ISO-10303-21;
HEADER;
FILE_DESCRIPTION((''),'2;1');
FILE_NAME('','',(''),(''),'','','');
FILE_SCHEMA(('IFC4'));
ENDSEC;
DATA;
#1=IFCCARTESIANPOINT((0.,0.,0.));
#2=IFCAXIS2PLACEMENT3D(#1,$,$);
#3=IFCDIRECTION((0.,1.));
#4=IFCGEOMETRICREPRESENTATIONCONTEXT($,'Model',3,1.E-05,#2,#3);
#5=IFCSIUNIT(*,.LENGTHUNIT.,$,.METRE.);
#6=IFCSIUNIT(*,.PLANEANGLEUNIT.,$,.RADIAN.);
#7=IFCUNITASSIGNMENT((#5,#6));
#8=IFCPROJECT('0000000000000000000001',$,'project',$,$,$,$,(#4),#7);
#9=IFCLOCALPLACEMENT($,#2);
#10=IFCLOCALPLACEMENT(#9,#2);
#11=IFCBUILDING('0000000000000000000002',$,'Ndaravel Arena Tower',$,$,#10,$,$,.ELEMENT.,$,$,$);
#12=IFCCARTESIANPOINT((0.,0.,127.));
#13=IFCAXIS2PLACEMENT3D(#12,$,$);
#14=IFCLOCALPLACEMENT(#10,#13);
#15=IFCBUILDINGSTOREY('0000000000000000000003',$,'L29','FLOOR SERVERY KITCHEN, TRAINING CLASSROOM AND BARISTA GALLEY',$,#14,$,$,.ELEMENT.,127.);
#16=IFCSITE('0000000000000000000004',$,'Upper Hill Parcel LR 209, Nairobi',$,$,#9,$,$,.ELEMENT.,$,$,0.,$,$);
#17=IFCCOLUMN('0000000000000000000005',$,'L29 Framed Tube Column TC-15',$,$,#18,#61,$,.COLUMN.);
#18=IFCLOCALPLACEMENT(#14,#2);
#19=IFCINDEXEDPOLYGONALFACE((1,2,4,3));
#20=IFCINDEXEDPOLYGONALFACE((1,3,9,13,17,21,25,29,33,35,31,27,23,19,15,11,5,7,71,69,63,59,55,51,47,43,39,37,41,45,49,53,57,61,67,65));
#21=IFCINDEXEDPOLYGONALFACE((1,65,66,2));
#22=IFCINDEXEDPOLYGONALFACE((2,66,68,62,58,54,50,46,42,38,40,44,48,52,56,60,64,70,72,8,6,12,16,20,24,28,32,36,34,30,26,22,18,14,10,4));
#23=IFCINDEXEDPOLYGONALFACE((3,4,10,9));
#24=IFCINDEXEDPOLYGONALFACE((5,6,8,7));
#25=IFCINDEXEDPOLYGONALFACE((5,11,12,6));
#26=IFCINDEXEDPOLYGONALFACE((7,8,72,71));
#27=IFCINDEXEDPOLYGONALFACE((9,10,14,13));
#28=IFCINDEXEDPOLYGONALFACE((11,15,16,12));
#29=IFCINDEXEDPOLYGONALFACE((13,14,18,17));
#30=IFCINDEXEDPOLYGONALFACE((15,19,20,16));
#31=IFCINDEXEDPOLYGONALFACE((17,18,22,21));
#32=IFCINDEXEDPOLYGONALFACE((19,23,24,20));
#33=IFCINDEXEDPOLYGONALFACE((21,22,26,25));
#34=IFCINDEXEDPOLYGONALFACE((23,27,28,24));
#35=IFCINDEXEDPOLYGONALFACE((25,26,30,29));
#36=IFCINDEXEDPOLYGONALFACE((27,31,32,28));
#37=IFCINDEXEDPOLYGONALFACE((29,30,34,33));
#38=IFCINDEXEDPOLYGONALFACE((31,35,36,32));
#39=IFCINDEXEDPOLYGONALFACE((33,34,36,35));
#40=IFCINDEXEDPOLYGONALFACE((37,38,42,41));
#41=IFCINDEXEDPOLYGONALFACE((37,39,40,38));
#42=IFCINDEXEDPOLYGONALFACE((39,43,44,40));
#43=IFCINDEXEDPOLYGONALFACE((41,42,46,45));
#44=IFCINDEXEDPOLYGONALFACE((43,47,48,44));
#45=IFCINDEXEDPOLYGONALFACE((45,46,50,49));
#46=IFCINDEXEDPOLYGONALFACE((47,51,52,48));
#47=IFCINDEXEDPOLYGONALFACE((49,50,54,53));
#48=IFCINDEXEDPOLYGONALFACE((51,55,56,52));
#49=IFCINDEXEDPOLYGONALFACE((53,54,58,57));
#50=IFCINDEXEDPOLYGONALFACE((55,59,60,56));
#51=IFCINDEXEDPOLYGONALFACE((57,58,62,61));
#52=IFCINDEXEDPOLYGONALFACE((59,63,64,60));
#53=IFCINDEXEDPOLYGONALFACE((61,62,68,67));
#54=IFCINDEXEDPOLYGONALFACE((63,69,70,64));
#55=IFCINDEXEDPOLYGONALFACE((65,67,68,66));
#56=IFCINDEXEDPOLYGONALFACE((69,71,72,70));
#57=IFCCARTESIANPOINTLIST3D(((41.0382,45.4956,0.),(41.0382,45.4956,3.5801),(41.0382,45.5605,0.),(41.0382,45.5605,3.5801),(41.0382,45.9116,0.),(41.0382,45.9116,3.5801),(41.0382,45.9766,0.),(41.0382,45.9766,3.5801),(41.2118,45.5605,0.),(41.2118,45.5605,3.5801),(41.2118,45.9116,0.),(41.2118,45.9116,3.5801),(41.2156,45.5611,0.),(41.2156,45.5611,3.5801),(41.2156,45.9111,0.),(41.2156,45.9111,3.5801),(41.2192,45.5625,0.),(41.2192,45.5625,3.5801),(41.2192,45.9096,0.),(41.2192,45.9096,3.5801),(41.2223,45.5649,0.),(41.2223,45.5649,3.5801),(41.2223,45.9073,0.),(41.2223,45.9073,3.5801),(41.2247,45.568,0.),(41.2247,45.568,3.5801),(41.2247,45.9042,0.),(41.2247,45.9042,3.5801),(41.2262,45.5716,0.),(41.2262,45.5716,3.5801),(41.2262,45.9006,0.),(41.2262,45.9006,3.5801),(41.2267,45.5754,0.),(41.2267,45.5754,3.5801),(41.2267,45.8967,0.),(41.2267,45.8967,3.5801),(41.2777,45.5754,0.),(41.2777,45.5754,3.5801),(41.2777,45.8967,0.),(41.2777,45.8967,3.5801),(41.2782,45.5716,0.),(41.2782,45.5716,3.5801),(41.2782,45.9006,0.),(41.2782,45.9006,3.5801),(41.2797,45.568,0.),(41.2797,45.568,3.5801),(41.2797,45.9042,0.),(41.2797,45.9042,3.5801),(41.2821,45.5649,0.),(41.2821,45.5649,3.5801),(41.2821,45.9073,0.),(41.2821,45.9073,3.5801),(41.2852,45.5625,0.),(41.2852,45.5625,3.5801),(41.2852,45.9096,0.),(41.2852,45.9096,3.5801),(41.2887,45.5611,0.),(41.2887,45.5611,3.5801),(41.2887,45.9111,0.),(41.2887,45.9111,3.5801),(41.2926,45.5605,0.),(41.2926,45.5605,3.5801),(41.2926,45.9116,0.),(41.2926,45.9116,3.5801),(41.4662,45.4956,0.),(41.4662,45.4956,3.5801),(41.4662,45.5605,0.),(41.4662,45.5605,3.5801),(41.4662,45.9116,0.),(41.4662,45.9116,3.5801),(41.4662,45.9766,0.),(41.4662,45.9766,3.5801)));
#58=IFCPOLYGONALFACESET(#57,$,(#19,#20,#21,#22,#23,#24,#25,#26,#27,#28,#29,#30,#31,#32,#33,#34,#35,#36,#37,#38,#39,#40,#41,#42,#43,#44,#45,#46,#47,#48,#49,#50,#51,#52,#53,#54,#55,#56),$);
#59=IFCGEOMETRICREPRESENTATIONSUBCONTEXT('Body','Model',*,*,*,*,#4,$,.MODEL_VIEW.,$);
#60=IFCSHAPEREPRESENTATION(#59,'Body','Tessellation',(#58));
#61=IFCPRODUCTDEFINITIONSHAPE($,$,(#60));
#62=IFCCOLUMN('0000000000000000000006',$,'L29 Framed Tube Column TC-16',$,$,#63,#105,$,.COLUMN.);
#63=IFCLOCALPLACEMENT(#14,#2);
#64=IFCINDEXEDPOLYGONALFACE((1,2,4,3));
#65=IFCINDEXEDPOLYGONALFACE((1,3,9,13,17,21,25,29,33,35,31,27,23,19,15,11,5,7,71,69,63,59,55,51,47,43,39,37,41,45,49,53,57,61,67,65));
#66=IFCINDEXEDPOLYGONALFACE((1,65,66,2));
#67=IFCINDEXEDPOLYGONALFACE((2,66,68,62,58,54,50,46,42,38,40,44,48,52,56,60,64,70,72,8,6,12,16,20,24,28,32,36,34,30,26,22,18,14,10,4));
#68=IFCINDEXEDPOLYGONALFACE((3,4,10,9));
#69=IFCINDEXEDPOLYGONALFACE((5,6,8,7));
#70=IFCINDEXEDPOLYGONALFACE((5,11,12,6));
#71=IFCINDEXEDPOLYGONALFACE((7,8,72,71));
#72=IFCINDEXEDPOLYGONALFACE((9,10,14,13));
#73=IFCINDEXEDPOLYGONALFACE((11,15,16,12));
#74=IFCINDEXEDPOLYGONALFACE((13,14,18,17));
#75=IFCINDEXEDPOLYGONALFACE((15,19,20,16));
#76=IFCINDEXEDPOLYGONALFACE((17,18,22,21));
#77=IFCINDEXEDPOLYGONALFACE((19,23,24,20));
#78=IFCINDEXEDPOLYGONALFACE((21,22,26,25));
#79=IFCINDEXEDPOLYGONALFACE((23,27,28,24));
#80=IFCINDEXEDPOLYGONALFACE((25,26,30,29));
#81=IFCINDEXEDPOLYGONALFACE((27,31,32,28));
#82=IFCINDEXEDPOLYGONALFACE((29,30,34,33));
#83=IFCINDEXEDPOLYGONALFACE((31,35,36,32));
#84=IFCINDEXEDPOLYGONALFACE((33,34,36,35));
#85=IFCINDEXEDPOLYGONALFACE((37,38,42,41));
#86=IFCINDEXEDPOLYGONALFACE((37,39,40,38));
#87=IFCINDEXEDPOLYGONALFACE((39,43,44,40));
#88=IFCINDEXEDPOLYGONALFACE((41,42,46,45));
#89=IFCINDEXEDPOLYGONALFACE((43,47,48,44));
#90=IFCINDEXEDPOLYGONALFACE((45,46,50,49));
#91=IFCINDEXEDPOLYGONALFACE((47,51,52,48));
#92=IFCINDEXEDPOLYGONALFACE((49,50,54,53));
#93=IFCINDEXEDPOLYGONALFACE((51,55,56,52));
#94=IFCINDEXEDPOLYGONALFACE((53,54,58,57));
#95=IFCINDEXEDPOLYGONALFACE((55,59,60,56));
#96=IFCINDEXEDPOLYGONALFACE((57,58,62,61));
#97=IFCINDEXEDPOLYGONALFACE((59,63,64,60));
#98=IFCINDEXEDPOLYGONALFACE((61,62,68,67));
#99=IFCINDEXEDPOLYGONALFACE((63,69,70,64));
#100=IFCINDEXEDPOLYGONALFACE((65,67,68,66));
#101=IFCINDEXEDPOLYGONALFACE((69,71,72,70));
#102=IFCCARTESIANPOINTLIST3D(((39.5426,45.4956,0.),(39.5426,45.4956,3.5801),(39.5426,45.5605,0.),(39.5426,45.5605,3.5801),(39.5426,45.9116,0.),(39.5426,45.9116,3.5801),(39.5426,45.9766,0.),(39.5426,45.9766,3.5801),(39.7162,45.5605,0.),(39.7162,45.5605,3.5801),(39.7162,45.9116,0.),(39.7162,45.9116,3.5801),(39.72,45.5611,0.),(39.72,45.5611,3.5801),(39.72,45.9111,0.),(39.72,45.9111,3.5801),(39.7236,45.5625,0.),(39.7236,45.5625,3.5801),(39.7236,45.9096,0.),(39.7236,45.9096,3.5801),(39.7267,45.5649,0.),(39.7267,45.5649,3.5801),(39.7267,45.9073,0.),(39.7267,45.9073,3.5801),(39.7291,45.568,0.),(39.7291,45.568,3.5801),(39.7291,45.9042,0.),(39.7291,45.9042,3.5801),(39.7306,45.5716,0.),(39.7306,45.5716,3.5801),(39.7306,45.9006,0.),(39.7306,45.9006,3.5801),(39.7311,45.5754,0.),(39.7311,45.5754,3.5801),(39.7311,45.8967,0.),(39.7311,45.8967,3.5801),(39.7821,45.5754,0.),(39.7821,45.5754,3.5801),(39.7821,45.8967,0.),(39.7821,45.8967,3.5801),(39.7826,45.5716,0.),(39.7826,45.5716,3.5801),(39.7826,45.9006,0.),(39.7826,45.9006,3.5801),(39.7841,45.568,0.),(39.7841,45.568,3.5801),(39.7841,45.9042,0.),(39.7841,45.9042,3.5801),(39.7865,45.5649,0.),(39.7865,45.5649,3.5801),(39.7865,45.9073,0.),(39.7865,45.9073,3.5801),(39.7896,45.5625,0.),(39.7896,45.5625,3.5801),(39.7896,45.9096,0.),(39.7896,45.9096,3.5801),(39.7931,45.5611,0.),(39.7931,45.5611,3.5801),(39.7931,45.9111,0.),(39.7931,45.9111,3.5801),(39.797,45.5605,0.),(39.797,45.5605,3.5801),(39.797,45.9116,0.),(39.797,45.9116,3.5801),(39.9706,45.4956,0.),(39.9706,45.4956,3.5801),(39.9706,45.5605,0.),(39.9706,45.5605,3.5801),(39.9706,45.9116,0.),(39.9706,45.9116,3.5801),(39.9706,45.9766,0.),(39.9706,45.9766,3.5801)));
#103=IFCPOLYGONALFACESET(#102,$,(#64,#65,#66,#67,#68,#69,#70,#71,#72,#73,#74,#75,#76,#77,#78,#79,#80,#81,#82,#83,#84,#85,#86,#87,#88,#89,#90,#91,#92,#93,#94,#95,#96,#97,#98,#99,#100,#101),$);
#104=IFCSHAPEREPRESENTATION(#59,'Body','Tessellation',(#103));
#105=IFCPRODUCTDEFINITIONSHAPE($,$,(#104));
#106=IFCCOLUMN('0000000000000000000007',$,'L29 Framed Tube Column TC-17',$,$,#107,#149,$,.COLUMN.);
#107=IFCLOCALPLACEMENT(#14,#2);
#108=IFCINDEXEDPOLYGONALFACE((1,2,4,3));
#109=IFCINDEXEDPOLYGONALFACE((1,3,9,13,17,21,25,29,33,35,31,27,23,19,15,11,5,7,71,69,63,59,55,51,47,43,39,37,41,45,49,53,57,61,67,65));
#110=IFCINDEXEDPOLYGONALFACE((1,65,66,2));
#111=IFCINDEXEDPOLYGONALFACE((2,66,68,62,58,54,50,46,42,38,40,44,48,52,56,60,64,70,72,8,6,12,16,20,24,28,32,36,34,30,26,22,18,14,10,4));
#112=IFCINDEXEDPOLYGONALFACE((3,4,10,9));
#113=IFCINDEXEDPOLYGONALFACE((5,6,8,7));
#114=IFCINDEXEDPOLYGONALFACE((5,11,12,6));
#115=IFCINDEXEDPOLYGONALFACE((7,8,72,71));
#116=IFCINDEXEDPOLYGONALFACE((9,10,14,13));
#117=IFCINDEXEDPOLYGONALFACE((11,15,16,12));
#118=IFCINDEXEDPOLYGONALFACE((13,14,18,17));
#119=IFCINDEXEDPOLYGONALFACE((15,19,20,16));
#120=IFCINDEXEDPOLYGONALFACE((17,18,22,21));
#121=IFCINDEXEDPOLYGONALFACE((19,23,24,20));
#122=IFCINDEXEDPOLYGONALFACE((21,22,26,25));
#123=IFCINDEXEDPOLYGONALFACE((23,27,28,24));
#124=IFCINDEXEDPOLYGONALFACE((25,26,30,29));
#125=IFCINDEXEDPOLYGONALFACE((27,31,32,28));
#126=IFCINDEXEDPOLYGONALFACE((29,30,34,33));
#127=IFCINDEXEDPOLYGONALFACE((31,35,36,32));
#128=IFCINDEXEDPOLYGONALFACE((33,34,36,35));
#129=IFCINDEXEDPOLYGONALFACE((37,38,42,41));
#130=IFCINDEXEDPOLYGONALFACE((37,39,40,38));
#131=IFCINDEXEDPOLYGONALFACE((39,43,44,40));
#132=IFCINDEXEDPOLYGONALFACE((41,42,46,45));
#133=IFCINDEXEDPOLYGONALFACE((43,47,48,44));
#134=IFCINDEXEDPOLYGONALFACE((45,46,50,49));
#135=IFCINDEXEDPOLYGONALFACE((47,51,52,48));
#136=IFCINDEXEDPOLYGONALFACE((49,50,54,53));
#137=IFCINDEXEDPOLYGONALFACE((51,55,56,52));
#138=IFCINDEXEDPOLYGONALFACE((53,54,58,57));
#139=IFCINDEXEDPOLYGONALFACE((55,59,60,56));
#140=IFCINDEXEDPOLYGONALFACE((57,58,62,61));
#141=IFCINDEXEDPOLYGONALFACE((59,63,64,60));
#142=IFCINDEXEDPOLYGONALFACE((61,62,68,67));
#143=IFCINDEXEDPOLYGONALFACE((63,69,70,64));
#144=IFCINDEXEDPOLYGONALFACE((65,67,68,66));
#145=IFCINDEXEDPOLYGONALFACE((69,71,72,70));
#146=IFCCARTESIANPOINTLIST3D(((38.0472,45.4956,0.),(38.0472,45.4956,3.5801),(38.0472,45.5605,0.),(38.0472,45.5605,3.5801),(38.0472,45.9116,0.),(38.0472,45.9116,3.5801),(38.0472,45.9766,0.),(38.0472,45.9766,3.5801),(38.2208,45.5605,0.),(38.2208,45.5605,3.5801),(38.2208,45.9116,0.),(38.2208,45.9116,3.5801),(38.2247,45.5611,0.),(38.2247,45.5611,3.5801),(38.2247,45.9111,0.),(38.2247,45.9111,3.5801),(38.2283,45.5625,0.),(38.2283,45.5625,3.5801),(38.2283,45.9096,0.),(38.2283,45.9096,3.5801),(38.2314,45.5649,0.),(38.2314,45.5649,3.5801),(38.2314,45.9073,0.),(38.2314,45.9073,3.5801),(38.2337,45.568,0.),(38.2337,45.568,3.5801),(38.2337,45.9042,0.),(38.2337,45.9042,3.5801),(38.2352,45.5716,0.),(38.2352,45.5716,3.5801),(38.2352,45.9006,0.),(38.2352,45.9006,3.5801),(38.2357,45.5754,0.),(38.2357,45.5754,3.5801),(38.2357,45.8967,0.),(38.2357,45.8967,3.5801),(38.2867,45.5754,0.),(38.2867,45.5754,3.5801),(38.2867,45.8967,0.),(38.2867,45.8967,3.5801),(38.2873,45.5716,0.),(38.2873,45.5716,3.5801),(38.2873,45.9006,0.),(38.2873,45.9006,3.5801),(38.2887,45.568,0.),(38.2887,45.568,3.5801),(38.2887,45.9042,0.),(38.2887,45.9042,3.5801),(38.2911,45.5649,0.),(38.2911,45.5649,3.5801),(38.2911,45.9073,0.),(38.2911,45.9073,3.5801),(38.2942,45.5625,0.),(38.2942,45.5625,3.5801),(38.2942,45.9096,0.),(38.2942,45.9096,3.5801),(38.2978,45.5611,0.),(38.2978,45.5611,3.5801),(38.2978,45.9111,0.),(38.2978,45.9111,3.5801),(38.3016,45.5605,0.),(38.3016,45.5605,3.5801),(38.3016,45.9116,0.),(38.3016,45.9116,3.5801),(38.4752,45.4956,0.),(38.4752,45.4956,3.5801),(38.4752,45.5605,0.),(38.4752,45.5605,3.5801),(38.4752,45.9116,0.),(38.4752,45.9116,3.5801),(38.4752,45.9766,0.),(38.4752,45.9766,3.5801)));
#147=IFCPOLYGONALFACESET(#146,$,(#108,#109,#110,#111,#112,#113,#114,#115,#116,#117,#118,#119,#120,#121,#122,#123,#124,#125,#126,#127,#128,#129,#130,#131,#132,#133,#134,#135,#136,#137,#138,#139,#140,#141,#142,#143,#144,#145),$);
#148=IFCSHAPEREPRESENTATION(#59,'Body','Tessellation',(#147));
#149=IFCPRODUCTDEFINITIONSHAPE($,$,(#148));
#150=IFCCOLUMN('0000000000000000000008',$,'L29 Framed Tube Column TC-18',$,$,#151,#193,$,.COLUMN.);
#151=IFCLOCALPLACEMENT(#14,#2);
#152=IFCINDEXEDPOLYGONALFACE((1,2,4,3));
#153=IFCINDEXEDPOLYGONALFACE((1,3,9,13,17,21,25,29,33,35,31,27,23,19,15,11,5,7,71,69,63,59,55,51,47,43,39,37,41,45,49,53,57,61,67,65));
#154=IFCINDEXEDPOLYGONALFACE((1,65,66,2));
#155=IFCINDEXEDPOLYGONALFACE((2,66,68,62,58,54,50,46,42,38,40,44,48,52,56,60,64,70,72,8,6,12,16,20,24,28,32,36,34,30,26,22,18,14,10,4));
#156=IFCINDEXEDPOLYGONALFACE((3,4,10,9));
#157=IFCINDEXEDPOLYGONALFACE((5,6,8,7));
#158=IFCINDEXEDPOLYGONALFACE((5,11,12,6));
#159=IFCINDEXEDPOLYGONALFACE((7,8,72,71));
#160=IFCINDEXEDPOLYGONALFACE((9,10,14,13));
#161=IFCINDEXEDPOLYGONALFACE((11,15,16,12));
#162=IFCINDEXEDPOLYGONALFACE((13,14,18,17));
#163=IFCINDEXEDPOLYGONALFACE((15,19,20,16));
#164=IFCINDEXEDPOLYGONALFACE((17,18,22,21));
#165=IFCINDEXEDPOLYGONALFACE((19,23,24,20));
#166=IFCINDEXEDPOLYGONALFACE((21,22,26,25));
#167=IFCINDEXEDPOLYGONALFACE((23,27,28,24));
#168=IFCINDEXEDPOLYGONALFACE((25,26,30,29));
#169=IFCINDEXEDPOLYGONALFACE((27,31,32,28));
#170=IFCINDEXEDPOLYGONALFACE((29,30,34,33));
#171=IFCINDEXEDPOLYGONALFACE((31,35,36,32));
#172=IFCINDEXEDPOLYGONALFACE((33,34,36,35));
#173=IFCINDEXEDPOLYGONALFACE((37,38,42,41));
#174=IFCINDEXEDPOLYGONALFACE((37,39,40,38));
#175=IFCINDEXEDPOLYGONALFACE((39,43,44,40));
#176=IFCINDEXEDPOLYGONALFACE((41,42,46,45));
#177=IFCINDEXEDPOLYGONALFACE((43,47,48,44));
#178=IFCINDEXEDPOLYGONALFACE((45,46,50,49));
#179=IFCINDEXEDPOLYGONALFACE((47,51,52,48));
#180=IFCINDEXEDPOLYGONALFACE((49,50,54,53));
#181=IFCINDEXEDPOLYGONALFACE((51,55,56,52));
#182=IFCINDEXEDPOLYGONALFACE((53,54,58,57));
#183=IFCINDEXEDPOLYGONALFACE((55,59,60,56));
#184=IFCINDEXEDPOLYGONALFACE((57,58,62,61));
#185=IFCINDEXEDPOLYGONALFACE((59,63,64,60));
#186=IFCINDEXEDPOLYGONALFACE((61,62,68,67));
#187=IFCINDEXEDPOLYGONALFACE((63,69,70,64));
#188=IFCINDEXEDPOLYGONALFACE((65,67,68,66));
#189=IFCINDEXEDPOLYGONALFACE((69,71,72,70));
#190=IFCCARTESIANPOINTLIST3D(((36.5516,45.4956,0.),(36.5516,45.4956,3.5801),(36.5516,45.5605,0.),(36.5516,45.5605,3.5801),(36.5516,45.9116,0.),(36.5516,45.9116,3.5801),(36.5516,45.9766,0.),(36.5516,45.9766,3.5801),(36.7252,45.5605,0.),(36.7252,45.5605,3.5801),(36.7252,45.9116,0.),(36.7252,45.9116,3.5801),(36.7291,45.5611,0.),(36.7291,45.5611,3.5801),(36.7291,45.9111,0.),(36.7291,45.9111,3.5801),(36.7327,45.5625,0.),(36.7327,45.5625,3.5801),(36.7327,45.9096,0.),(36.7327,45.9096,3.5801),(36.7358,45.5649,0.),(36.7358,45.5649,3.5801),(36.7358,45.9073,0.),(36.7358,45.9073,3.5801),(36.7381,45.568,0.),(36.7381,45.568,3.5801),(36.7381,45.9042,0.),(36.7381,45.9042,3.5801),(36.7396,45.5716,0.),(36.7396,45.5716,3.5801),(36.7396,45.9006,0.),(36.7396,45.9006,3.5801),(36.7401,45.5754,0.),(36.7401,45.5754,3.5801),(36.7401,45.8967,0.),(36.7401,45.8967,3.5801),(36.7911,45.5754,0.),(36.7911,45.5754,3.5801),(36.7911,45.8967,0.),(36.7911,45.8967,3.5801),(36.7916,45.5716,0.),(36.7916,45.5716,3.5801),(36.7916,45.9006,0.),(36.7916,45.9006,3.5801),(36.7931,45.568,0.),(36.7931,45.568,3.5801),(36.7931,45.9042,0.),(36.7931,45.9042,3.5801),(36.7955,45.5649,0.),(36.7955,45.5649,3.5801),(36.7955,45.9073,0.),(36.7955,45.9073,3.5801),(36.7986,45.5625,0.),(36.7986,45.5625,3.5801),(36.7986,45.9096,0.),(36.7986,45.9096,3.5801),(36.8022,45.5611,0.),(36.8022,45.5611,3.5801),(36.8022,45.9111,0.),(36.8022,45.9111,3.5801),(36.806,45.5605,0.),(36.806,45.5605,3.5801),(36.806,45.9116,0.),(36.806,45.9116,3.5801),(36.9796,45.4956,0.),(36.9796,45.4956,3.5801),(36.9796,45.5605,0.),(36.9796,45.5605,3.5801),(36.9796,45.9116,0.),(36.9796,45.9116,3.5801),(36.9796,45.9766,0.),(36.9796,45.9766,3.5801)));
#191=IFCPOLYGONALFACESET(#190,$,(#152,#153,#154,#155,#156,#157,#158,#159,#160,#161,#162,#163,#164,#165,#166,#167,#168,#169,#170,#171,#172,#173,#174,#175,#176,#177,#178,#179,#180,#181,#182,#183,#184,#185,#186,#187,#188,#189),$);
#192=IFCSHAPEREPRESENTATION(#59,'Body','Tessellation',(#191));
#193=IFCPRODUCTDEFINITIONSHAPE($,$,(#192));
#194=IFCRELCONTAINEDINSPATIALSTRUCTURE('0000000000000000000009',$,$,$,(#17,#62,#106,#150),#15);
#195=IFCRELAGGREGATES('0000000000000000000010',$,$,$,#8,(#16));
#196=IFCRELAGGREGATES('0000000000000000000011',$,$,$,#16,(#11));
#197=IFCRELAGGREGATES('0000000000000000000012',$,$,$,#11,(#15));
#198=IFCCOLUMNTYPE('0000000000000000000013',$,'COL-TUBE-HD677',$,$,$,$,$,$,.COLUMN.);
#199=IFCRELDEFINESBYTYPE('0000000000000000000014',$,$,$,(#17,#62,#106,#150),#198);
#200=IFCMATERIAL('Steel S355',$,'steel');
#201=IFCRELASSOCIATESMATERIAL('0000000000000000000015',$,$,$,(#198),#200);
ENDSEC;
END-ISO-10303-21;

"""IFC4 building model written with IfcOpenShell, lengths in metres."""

from ifc_helpers import new_model, si_unit, direction, frame, origin, origin_2d, place, context, subcontext, project, spatial, i_section, extrude, material, material_profile, profile_set, type_object, element, save


model = new_model("IFC4")

# Units and contexts
model_context = context("Model", 3, precision=1e-05, world=origin(), true_north=direction((0.0, 1.0)))
body_context = subcontext(model_context, "Body", "Model", "MODEL_VIEW")
ifc_project = project(units=[si_unit("LENGTHUNIT", "METRE"), si_unit("PLANEANGLEUNIT", "RADIAN")], contexts=[model_context])

# Site, building, storey
site_placement = place(None, origin())
site = spatial("IfcSite", under=ifc_project, at=site_placement, Name="Upper Hill Parcel LR 209, Nairobi", CompositionType="ELEMENT", RefElevation=0.0)
building_placement = place(site_placement, origin())
building = spatial("IfcBuilding", under=site, at=building_placement, Name="Ndaravel Arena Tower", CompositionType="ELEMENT")
storey_placement = place(building_placement, frame((0.0, 0.0, 127.0)))
storey = spatial("IfcBuildingStorey", under=building, at=storey_placement, Name="L29", Description="FLOOR SERVERY KITCHEN, TRAINING CLASSROOM AND BARISTA GALLEY", CompositionType="ELEMENT", Elevation=127.0)

# Columns
ifc_material_1 = material(Name="Steel S355", Category="steel")
ifc_material_profile_1 = material_profile(ifc_material_1, i_section(OverallWidth=0.428, OverallDepth=0.481, WebThickness=0.051, FlangeThickness=0.0649, FilletRadius=0.0149, at=origin_2d()), Name="HD 400x677")
ifc_profile_set_1 = profile_set([ifc_material_profile_1], Name="Steel S355")
column_type = type_object("IfcColumnType", Name="COL-TUBE-HD677", PredefinedType="COLUMN", material=ifc_profile_set_1)
for number, where, z_axis, x_axis, name in (
    (1, (41.2522, 45.7361, 0.0), (0.0, 0.0, 1.0), (1.0, 0.0, 0.0), "L29 Framed Tube Column TC-15"),
    (2, (39.7566, 45.7361, 0.0), (0.0, 0.0, 1.0), (1.0, 0.0, 0.0), "L29 Framed Tube Column TC-16"),
    (3, (38.2612, 45.7361, 0.0), (0.0, 0.0, 1.0), (1.0, 0.0, 0.0), "L29 Framed Tube Column TC-17"),
    (4, (36.7656, 45.7361, 0.0), (0.0, 0.0, 1.0), (1.0, 0.0, 0.0), "L29 Framed Tube Column TC-18"),
):
    element("IfcColumn", number, at=place(storey_placement, frame(where, z_axis=z_axis, x_axis=x_axis)), inside=storey, type_object=column_type, Name=name, PredefinedType="COLUMN", context=body_context, shape_type="SweptSolid", body=[
        extrude(i_section(OverallWidth=0.428, OverallDepth=0.481, WebThickness=0.051, FlangeThickness=0.0649, FilletRadius=0.0149, at=origin_2d()), origin(), (0.0, 0.0, 1.0), 3.5801),
    ])

save(model, "model.ifc")
